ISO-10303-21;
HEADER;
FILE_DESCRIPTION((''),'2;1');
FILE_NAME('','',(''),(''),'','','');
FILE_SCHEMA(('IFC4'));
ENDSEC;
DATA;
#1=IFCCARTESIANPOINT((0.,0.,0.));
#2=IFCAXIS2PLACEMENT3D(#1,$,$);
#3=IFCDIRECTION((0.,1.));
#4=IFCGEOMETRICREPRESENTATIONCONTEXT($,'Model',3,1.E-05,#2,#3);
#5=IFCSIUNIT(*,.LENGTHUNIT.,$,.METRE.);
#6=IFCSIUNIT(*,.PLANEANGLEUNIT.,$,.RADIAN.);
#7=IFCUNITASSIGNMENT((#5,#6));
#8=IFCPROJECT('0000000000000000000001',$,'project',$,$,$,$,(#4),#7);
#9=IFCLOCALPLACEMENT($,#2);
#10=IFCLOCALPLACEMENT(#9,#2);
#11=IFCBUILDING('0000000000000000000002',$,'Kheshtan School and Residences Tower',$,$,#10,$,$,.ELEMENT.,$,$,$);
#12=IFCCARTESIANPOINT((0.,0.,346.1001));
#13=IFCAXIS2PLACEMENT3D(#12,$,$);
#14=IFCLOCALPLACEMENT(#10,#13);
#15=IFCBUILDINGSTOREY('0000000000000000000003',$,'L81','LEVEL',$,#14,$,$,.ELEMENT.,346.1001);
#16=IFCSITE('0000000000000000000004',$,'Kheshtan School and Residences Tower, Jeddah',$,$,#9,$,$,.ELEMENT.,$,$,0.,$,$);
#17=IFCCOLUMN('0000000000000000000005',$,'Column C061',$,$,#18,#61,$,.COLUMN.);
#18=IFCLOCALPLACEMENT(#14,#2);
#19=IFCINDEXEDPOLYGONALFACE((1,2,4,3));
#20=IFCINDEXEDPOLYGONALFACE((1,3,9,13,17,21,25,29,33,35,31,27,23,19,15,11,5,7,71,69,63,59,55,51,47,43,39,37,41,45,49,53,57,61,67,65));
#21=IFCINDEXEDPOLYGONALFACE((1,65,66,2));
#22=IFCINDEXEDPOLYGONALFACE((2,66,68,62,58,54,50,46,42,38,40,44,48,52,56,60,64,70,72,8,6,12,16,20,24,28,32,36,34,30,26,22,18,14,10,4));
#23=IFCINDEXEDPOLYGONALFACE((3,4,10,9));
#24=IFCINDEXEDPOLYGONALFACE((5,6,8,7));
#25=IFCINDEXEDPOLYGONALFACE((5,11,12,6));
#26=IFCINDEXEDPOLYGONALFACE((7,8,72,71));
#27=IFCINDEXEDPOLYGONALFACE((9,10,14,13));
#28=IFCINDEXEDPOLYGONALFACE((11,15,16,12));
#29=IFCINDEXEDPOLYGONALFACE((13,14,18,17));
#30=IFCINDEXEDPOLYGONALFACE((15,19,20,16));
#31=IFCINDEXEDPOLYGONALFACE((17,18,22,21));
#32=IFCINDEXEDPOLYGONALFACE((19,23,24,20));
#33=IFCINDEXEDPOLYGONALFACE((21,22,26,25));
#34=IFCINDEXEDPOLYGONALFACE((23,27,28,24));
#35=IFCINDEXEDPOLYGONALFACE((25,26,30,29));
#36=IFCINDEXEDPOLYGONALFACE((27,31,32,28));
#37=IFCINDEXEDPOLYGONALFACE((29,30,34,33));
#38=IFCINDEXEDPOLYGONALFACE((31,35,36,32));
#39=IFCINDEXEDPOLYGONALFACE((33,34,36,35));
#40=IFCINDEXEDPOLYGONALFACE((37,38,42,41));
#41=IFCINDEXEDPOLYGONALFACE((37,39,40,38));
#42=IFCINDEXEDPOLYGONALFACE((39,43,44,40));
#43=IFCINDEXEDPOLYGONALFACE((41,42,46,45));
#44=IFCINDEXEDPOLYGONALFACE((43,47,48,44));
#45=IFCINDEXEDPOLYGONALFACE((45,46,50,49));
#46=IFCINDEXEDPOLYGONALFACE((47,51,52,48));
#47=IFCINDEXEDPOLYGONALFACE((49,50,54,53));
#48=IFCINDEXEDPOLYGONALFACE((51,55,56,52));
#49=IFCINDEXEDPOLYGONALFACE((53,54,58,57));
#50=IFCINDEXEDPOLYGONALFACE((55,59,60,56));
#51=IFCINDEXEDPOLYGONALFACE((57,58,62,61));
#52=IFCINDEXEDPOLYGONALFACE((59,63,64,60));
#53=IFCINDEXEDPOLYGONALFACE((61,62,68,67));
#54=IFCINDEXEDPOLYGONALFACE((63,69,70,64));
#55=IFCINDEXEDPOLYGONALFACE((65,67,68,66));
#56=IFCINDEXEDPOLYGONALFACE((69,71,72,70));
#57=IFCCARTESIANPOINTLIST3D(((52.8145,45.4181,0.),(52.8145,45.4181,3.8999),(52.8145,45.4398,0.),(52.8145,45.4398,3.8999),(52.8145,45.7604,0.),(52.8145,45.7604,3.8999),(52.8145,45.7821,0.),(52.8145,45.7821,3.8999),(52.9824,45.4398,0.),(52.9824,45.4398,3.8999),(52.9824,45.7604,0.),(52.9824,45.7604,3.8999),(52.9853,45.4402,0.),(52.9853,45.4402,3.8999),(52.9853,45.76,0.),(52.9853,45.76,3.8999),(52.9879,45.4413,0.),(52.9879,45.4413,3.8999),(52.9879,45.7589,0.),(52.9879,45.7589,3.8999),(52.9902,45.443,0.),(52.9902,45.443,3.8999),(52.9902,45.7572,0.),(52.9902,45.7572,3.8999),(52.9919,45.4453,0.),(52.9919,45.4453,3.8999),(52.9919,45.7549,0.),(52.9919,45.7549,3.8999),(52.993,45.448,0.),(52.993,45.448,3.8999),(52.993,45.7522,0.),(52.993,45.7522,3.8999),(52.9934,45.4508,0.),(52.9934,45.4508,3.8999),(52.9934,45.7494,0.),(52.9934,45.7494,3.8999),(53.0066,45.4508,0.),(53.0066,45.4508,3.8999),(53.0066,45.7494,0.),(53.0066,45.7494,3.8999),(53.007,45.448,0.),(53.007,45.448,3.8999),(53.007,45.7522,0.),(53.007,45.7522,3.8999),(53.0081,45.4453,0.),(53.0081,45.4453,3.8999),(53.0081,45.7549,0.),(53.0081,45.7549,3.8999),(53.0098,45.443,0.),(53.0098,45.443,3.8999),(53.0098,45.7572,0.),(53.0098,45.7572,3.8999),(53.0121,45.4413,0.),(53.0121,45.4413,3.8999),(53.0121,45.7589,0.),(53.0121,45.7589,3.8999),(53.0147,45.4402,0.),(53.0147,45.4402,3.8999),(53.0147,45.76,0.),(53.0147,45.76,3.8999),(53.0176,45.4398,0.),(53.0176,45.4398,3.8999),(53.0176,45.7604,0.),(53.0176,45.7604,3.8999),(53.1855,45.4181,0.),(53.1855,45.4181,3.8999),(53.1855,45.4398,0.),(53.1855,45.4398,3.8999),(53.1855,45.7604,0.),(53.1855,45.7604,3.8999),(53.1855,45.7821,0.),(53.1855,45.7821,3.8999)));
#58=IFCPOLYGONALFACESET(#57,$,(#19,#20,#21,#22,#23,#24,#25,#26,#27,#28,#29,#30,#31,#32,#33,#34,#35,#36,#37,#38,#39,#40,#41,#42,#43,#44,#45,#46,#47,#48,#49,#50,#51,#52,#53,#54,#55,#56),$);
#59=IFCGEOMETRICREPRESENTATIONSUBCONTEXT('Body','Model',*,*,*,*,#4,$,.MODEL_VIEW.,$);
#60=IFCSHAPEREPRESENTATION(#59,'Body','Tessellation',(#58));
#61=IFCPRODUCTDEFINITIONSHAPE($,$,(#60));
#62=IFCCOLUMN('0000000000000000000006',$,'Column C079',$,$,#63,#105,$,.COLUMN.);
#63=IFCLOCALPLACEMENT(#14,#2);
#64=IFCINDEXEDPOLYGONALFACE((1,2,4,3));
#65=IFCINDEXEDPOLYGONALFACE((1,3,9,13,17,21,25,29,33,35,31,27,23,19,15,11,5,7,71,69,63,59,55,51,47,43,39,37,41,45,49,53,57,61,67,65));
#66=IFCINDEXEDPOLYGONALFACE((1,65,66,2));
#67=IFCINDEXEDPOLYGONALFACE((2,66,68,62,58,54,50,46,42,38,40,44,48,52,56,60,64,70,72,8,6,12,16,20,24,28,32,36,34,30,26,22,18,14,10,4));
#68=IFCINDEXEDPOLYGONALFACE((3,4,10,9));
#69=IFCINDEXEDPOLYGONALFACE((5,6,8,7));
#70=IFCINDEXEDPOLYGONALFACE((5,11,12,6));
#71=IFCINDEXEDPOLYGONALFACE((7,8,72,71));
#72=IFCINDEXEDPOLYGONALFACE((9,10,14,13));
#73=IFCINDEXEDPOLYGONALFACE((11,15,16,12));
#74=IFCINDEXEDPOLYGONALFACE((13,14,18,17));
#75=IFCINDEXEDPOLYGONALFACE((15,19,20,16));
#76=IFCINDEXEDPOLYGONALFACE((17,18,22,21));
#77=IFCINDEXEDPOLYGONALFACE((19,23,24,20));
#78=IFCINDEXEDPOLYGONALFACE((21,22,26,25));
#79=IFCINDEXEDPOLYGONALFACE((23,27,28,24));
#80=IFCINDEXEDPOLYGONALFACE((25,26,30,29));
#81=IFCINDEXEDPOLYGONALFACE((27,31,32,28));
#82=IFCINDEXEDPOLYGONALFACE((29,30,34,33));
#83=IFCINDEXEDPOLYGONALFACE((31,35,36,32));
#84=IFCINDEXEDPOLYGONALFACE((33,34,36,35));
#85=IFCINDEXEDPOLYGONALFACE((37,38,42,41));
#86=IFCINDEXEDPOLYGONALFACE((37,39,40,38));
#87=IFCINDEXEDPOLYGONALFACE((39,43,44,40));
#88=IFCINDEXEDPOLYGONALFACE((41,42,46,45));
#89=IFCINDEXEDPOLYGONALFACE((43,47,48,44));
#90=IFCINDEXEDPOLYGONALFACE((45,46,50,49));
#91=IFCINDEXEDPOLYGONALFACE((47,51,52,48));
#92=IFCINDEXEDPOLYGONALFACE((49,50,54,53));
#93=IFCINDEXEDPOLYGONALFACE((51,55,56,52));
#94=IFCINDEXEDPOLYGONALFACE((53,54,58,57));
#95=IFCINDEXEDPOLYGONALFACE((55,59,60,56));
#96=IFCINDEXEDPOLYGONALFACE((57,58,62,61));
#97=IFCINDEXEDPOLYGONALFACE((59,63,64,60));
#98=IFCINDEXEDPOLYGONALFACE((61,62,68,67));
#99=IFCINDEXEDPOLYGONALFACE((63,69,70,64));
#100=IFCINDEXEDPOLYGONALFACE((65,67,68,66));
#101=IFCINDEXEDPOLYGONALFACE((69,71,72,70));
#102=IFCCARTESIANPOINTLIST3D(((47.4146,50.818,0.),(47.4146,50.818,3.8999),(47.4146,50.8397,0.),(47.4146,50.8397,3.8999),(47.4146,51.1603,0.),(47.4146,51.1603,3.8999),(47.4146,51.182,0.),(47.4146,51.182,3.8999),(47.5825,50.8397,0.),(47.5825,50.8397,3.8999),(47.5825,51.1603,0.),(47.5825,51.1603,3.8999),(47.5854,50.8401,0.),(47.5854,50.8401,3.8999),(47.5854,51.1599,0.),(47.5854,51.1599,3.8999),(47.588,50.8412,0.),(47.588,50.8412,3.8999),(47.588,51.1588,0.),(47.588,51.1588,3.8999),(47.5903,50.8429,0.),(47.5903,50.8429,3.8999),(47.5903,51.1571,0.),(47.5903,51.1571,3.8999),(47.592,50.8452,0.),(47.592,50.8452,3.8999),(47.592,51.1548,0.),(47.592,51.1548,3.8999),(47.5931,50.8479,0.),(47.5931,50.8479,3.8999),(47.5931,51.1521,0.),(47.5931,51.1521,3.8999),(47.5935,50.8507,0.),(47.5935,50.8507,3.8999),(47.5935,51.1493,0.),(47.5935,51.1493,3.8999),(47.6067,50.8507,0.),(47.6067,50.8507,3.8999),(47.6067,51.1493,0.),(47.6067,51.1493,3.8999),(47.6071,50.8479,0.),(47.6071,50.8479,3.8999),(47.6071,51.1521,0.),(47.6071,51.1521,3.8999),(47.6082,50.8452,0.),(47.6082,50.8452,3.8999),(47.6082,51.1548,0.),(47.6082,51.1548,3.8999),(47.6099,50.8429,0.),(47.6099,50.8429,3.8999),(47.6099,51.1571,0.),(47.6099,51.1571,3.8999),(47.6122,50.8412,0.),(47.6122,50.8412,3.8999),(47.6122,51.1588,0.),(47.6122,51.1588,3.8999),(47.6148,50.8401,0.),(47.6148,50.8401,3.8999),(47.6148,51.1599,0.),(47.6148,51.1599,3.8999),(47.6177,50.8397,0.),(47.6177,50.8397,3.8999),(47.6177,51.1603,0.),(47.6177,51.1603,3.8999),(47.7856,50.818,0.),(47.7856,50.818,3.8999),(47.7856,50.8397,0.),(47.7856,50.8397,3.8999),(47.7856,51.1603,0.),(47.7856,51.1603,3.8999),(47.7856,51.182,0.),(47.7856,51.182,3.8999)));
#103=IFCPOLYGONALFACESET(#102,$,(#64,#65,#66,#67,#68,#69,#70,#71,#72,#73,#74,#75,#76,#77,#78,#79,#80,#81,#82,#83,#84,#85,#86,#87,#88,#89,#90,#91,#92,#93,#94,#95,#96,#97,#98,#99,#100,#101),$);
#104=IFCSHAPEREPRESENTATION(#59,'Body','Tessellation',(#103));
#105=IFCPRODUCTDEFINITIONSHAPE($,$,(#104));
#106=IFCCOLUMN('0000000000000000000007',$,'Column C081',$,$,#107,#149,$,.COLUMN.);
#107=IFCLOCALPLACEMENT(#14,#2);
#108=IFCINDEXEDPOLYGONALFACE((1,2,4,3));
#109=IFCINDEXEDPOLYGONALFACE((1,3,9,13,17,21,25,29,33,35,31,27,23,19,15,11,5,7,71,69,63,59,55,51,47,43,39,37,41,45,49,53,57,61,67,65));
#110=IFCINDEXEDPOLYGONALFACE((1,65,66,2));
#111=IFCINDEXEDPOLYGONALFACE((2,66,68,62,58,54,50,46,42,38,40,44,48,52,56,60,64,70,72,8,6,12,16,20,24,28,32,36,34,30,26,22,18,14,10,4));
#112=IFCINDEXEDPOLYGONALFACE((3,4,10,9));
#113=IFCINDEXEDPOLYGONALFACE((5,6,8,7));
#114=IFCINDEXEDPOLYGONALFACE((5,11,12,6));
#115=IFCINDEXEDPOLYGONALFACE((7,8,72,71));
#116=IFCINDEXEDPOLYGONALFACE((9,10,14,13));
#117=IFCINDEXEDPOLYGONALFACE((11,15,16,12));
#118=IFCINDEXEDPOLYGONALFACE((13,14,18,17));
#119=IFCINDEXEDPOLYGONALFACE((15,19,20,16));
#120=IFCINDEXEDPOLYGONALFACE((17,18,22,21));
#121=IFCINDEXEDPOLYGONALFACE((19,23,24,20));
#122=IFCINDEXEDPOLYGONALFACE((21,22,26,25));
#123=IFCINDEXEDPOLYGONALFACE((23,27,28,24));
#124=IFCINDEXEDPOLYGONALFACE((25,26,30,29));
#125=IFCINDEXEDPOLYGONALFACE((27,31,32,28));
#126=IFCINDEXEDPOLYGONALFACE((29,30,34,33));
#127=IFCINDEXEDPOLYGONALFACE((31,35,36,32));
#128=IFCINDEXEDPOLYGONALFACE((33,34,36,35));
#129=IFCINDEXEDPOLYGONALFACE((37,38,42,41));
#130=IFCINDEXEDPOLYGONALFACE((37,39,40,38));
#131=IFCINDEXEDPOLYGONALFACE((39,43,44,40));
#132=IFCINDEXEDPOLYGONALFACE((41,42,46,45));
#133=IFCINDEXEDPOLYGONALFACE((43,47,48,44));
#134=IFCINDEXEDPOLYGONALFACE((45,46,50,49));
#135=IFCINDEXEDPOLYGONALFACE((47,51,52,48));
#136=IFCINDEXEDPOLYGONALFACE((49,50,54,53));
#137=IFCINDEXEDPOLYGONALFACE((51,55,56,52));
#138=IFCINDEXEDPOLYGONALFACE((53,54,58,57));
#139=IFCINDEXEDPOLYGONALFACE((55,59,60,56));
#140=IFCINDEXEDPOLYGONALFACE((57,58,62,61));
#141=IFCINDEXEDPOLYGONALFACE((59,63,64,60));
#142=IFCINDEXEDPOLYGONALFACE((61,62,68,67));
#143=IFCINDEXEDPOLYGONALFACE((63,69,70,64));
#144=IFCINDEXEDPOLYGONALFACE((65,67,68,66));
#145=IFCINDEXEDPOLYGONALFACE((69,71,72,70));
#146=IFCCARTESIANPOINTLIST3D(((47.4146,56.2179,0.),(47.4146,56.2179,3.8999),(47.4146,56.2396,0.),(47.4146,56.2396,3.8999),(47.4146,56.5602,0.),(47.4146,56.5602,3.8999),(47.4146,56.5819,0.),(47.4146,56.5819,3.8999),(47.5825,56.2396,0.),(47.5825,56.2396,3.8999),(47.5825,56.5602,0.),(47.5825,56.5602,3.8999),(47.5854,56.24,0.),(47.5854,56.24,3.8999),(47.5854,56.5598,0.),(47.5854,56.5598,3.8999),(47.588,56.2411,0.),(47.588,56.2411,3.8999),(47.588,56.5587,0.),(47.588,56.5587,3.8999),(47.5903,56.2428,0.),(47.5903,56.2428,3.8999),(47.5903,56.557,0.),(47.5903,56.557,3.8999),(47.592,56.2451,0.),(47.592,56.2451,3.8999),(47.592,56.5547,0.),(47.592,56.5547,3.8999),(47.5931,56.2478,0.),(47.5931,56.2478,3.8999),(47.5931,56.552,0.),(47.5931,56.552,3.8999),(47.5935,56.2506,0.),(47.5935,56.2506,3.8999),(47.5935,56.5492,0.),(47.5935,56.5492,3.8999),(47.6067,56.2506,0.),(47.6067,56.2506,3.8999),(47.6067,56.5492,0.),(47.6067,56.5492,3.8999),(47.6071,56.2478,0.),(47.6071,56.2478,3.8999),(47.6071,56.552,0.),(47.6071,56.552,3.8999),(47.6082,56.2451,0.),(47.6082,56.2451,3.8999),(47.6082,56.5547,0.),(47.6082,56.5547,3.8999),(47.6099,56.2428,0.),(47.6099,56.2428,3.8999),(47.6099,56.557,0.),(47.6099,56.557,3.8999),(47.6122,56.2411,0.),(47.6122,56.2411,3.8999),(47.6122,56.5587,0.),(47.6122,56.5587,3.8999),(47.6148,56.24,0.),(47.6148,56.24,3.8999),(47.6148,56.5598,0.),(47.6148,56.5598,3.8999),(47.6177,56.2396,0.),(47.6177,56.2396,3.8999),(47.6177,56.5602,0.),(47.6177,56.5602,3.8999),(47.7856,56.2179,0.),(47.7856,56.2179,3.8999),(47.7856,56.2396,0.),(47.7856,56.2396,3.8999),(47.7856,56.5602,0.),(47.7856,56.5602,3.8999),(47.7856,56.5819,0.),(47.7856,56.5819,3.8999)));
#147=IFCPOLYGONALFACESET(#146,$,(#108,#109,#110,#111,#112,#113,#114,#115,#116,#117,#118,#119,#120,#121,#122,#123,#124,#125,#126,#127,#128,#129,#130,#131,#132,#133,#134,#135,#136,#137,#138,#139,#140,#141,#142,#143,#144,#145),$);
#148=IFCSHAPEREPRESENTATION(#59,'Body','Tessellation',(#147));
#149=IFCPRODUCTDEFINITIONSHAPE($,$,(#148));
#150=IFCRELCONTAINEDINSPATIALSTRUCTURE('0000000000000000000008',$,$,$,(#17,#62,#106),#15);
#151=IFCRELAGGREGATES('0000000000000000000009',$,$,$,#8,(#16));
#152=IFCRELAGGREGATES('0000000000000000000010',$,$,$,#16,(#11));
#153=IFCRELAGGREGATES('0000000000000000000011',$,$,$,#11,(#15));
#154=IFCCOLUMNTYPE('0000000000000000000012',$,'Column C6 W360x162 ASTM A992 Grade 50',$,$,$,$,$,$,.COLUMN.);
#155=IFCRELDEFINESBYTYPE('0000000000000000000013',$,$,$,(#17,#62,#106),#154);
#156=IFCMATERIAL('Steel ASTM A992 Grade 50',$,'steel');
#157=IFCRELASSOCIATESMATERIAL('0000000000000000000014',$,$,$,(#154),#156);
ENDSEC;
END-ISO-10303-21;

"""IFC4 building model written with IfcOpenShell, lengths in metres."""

from ifc_helpers import new_model, si_unit, direction, frame, origin, origin_2d, place, context, subcontext, project, spatial, i_section, extrude, material, material_profile, profile_set, type_object, element, save


model = new_model("IFC4")

# Units and contexts
model_context = context("Model", 3, precision=1e-05, world=origin(), true_north=direction((0.0, 1.0)))
body_context = subcontext(model_context, "Body", "Model", "MODEL_VIEW")
ifc_project = project(units=[si_unit("LENGTHUNIT", "METRE"), si_unit("PLANEANGLEUNIT", "RADIAN")], contexts=[model_context])

# Site, building, storey
site_placement = place(None, origin())
site = spatial("IfcSite", under=ifc_project, at=site_placement, Name="Kheshtan School and Residences Tower, Jeddah", CompositionType="ELEMENT", RefElevation=0.0)
building_placement = place(site_placement, origin())
building = spatial("IfcBuilding", under=site, at=building_placement, Name="Kheshtan School and Residences Tower", CompositionType="ELEMENT")
storey_placement = place(building_placement, frame((0.0, 0.0, 346.1001)))
storey = spatial("IfcBuildingStorey", under=building, at=storey_placement, Name="L81", Description="LEVEL", CompositionType="ELEMENT", Elevation=346.1001)

# Columns
ifc_material_1 = material(Name="Steel ASTM A992 Grade 50", Category="steel")
ifc_material_profile_1 = material_profile(ifc_material_1, i_section(OverallWidth=0.3711, OverallDepth=0.364, WebThickness=0.0132, FlangeThickness=0.0217, FilletRadius=0.011, at=origin_2d()), Name="W360x162")
ifc_profile_set_1 = profile_set([ifc_material_profile_1], Name="Steel ASTM A992 Grade 50")
column_type_1 = type_object("IfcColumnType", Name="Column C6 W360x162 ASTM A992 Grade 50", PredefinedType="COLUMN", material=ifc_profile_set_1)
for number, where, z_axis, x_axis, name in (
    (1, (53.0, 45.6001, 0.0), (0.0, 0.0, 1.0), (1.0, 0.0, 0.0), "Column C061"),
    (2, (47.6001, 51.0, 0.0), (0.0, 0.0, 1.0), (1.0, 0.0, 0.0), "Column C079"),
    (3, (47.6001, 56.3999, 0.0), (0.0, 0.0, 1.0), (1.0, 0.0, 0.0), "Column C081"),
):
    element("IfcColumn", number, at=place(storey_placement, frame(where, z_axis=z_axis, x_axis=x_axis)), inside=storey, type_object=column_type_1, Name=name, PredefinedType="COLUMN", context=body_context, shape_type="SweptSolid", body=[
        extrude(i_section(OverallWidth=0.3711, OverallDepth=0.364, WebThickness=0.0132, FlangeThickness=0.0217, FilletRadius=0.011, at=origin_2d()), origin(), (0.0, 0.0, 1.0), 3.8999),
    ])

save(model, "model.ifc")
